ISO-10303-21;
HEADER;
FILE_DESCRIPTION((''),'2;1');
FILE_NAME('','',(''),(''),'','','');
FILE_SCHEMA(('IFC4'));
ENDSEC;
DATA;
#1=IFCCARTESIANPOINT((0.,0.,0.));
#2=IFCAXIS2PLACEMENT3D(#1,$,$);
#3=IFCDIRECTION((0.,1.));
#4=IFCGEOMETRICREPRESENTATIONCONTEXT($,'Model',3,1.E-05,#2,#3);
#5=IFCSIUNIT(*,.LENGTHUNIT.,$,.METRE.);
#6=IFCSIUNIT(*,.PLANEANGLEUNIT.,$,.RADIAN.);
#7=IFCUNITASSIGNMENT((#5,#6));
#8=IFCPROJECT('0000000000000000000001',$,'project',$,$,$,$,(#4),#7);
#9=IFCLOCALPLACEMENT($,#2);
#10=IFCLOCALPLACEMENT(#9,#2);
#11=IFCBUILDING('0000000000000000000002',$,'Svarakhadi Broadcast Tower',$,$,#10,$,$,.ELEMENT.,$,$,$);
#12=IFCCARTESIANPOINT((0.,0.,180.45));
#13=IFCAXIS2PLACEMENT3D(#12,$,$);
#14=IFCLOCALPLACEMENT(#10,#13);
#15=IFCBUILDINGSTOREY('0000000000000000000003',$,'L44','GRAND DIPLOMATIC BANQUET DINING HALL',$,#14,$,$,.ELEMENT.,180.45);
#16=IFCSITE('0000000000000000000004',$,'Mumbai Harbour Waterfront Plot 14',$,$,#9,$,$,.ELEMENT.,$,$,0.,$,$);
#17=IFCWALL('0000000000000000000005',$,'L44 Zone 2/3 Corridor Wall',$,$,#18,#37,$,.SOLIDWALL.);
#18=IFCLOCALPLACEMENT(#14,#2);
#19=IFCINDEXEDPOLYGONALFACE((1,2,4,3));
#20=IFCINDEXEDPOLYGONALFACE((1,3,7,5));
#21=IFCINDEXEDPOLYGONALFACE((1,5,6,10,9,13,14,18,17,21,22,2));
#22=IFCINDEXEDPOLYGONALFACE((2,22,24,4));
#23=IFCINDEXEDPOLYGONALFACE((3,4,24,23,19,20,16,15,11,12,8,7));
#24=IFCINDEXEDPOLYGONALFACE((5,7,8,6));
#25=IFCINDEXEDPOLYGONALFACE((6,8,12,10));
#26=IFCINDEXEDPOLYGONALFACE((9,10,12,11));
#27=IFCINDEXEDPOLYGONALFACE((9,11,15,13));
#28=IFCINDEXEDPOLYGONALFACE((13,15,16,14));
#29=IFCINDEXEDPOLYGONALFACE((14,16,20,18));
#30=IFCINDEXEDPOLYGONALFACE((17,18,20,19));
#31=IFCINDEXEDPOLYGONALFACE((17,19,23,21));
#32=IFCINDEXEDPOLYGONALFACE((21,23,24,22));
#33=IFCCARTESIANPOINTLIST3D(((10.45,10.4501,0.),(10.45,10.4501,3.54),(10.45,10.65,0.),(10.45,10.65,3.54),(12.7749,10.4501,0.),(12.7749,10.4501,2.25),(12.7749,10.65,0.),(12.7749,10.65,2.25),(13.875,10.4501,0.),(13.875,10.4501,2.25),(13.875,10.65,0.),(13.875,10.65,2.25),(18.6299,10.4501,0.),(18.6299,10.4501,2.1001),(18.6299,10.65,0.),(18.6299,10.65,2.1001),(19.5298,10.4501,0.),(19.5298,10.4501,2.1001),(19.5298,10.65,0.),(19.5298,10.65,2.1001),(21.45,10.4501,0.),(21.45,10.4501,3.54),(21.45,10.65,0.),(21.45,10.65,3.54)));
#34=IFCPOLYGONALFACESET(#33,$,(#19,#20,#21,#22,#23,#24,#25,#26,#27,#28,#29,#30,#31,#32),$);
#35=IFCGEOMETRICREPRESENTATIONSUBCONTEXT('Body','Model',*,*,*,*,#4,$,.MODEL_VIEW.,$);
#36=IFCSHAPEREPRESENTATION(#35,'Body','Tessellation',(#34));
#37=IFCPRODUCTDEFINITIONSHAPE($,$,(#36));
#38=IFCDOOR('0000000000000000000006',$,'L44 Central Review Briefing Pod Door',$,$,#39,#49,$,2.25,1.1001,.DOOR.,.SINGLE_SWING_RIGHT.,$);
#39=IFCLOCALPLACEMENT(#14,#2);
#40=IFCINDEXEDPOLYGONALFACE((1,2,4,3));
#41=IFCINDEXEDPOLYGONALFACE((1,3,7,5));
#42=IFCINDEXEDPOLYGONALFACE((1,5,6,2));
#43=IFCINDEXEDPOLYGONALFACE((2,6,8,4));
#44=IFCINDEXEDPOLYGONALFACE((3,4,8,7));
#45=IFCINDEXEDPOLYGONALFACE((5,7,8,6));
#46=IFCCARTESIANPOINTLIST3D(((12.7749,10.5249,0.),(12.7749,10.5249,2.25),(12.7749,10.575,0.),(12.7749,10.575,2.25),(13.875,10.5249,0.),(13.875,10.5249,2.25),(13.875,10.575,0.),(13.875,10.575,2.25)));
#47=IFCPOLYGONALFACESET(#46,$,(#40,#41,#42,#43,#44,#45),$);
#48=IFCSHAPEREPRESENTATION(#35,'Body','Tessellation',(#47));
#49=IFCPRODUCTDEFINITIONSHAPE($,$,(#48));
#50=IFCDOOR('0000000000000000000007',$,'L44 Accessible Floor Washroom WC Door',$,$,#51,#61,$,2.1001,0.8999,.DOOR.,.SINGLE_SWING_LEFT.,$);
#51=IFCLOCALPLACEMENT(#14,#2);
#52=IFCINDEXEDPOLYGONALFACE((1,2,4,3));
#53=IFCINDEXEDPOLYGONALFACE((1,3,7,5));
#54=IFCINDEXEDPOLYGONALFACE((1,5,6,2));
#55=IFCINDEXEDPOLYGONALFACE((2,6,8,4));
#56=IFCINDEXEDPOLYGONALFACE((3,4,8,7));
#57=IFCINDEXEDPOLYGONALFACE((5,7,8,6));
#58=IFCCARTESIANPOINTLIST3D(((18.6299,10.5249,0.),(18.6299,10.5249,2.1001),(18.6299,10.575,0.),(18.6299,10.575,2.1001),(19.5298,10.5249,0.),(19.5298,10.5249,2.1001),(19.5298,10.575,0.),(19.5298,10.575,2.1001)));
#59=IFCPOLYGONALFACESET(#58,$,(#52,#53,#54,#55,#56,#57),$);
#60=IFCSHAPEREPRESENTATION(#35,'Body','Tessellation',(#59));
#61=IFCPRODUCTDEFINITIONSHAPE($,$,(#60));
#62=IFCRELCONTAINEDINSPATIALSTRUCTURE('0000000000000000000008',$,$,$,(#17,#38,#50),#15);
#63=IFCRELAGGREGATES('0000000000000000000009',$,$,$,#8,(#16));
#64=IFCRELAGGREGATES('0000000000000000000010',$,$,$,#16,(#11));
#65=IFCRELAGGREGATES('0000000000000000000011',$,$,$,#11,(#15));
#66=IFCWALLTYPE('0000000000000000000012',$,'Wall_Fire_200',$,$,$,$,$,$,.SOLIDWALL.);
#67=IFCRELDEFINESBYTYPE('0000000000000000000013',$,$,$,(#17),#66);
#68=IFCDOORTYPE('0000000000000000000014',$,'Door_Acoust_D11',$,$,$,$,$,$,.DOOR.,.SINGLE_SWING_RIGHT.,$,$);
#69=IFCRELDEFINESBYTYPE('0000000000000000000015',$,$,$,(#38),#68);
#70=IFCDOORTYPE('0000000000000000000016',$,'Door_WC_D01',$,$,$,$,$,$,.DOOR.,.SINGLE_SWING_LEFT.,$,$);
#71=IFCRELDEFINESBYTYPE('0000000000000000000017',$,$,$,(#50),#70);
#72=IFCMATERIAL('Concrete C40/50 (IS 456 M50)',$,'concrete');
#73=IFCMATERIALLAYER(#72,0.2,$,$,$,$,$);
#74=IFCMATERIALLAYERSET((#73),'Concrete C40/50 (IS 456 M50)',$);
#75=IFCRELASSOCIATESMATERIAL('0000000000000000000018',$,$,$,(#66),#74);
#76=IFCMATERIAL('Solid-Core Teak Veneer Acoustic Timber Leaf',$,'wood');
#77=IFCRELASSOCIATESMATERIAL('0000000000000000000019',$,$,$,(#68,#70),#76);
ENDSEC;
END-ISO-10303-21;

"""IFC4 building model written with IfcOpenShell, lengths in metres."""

from ifc_helpers import new_model, si_unit, direction, frame, frame_2d, origin, place, context, subcontext, project, spatial, rectangle, extrude, material, layer, layer_set, type_object, element, fill, save


model = new_model("IFC4")

# Units and contexts
model_context = context("Model", 3, precision=1e-05, world=origin(), true_north=direction((0.0, 1.0)))
body_context = subcontext(model_context, "Body", "Model", "MODEL_VIEW")
ifc_project = project(units=[si_unit("LENGTHUNIT", "METRE"), si_unit("PLANEANGLEUNIT", "RADIAN")], contexts=[model_context])

# Site, building, storey
site_placement = place(None, origin())
site = spatial("IfcSite", under=ifc_project, at=site_placement, Name="Mumbai Harbour Waterfront Plot 14", CompositionType="ELEMENT", RefElevation=0.0)
building_placement = place(site_placement, origin())
building = spatial("IfcBuilding", under=site, at=building_placement, Name="Svarakhadi Broadcast Tower", CompositionType="ELEMENT")
storey_placement = place(building_placement, frame((0.0, 0.0, 180.45)))
storey = spatial("IfcBuildingStorey", under=building, at=storey_placement, Name="L44", Description="GRAND DIPLOMATIC BANQUET DINING HALL", CompositionType="ELEMENT", Elevation=180.45)

# Shared definitions
ifc_material_1 = material(Name="Concrete C40/50 (IS 456 M50)", Category="concrete")
ifc_layer_1 = layer(ifc_material_1, 0.2)
ifc_layer_set_1 = layer_set([ifc_layer_1], Name="Concrete C40/50 (IS 456 M50)")
wall_type_1 = type_object("IfcWallType", Name="Wall_Fire_200", PredefinedType="SOLIDWALL", material=ifc_layer_set_1)

# Shared definitions
ifc_material_2 = material(Name="Solid-Core Teak Veneer Acoustic Timber Leaf", Category="wood")
door_type_1 = type_object("IfcDoorType", Name="Door_Acoust_D11", OperationType="SINGLE_SWING_RIGHT", PredefinedType="DOOR", material=ifc_material_2)

# Wall, openings, doors
wall_1_placement = place(storey_placement, frame((10.45, 10.55, 0.0), z_axis=(0.0, 0.0, 1.0), x_axis=(1.0, 0.0, 0.0)))
wall_1 = element("IfcWall", 1, at=wall_1_placement, inside=storey, type_object=wall_type_1, Name="L44 Zone 2/3 Corridor Wall", PredefinedType="SOLIDWALL", context=body_context, shape_type="SweptSolid", body=[
    extrude(rectangle(XDim=11.0, YDim=0.2, at=frame_2d((5.5, 0.0))), origin(), (0.0, 0.0, 1.0), 3.54),
])
opening_1_placement = place(wall_1_placement, frame((2.325, 0.0, 0.0)))
opening_1 = element("IfcOpeningElement", 2, at=opening_1_placement, cuts=wall_1, PredefinedType="OPENING", context=body_context, shape_type="SweptSolid", body=[
    extrude(rectangle(XDim=1.1001, YDim=2.25, at=frame_2d((0.55, 1.125))), frame((0.0, 0.1099, 0.0), z_axis=(0.0, -1.0, 0.0), x_axis=(1.0, 0.0, 0.0)), (0.0, 0.0, 1.0), 0.22),
])
opening_2_placement = place(wall_1_placement, frame((8.1799, 0.0, 0.0)))
opening_2 = element("IfcOpeningElement", 3, at=opening_2_placement, cuts=wall_1, PredefinedType="OPENING", context=body_context, shape_type="SweptSolid", body=[
    extrude(rectangle(XDim=0.8999, YDim=2.1001, at=frame_2d((0.45, 1.05))), frame((0.0, 0.1099, 0.0), z_axis=(0.0, -1.0, 0.0), x_axis=(1.0, 0.0, 0.0)), (0.0, 0.0, 1.0), 0.22),
])
door_1_placement = place(opening_1_placement, origin())
door_1 = element("IfcDoor", 4, at=door_1_placement, inside=storey, type_object=door_type_1, Name="L44 Central Review Briefing Pod Door", OperationType="SINGLE_SWING_RIGHT", OverallHeight=2.25, OverallWidth=1.1001, PredefinedType="DOOR", context=body_context, shape_type="SweptSolid", body=[
    extrude(rectangle(XDim=1.1001, YDim=2.25, at=frame_2d((0.55, 1.125))), frame((0.0, 0.0249, 0.0), z_axis=(0.0, -1.0, 0.0), x_axis=(1.0, 0.0, 0.0)), (0.0, 0.0, 1.0), 0.05),
])
fill(opening_1, door_1)
door_type_2 = type_object("IfcDoorType", Name="Door_WC_D01", OperationType="SINGLE_SWING_LEFT", PredefinedType="DOOR", material=ifc_material_2)
door_2_placement = place(opening_2_placement, origin())
door_2 = element("IfcDoor", 5, at=door_2_placement, inside=storey, type_object=door_type_2, Name="L44 Accessible Floor Washroom WC Door", OperationType="SINGLE_SWING_LEFT", OverallHeight=2.1001, OverallWidth=0.8999, PredefinedType="DOOR", context=body_context, shape_type="SweptSolid", body=[
    extrude(rectangle(XDim=0.8999, YDim=2.1001, at=frame_2d((0.45, 1.05))), frame((0.0, 0.0249, 0.0), z_axis=(0.0, -1.0, 0.0), x_axis=(1.0, 0.0, 0.0)), (0.0, 0.0, 1.0), 0.05),
])
fill(opening_2, door_2)

save(model, "model.ifc")
